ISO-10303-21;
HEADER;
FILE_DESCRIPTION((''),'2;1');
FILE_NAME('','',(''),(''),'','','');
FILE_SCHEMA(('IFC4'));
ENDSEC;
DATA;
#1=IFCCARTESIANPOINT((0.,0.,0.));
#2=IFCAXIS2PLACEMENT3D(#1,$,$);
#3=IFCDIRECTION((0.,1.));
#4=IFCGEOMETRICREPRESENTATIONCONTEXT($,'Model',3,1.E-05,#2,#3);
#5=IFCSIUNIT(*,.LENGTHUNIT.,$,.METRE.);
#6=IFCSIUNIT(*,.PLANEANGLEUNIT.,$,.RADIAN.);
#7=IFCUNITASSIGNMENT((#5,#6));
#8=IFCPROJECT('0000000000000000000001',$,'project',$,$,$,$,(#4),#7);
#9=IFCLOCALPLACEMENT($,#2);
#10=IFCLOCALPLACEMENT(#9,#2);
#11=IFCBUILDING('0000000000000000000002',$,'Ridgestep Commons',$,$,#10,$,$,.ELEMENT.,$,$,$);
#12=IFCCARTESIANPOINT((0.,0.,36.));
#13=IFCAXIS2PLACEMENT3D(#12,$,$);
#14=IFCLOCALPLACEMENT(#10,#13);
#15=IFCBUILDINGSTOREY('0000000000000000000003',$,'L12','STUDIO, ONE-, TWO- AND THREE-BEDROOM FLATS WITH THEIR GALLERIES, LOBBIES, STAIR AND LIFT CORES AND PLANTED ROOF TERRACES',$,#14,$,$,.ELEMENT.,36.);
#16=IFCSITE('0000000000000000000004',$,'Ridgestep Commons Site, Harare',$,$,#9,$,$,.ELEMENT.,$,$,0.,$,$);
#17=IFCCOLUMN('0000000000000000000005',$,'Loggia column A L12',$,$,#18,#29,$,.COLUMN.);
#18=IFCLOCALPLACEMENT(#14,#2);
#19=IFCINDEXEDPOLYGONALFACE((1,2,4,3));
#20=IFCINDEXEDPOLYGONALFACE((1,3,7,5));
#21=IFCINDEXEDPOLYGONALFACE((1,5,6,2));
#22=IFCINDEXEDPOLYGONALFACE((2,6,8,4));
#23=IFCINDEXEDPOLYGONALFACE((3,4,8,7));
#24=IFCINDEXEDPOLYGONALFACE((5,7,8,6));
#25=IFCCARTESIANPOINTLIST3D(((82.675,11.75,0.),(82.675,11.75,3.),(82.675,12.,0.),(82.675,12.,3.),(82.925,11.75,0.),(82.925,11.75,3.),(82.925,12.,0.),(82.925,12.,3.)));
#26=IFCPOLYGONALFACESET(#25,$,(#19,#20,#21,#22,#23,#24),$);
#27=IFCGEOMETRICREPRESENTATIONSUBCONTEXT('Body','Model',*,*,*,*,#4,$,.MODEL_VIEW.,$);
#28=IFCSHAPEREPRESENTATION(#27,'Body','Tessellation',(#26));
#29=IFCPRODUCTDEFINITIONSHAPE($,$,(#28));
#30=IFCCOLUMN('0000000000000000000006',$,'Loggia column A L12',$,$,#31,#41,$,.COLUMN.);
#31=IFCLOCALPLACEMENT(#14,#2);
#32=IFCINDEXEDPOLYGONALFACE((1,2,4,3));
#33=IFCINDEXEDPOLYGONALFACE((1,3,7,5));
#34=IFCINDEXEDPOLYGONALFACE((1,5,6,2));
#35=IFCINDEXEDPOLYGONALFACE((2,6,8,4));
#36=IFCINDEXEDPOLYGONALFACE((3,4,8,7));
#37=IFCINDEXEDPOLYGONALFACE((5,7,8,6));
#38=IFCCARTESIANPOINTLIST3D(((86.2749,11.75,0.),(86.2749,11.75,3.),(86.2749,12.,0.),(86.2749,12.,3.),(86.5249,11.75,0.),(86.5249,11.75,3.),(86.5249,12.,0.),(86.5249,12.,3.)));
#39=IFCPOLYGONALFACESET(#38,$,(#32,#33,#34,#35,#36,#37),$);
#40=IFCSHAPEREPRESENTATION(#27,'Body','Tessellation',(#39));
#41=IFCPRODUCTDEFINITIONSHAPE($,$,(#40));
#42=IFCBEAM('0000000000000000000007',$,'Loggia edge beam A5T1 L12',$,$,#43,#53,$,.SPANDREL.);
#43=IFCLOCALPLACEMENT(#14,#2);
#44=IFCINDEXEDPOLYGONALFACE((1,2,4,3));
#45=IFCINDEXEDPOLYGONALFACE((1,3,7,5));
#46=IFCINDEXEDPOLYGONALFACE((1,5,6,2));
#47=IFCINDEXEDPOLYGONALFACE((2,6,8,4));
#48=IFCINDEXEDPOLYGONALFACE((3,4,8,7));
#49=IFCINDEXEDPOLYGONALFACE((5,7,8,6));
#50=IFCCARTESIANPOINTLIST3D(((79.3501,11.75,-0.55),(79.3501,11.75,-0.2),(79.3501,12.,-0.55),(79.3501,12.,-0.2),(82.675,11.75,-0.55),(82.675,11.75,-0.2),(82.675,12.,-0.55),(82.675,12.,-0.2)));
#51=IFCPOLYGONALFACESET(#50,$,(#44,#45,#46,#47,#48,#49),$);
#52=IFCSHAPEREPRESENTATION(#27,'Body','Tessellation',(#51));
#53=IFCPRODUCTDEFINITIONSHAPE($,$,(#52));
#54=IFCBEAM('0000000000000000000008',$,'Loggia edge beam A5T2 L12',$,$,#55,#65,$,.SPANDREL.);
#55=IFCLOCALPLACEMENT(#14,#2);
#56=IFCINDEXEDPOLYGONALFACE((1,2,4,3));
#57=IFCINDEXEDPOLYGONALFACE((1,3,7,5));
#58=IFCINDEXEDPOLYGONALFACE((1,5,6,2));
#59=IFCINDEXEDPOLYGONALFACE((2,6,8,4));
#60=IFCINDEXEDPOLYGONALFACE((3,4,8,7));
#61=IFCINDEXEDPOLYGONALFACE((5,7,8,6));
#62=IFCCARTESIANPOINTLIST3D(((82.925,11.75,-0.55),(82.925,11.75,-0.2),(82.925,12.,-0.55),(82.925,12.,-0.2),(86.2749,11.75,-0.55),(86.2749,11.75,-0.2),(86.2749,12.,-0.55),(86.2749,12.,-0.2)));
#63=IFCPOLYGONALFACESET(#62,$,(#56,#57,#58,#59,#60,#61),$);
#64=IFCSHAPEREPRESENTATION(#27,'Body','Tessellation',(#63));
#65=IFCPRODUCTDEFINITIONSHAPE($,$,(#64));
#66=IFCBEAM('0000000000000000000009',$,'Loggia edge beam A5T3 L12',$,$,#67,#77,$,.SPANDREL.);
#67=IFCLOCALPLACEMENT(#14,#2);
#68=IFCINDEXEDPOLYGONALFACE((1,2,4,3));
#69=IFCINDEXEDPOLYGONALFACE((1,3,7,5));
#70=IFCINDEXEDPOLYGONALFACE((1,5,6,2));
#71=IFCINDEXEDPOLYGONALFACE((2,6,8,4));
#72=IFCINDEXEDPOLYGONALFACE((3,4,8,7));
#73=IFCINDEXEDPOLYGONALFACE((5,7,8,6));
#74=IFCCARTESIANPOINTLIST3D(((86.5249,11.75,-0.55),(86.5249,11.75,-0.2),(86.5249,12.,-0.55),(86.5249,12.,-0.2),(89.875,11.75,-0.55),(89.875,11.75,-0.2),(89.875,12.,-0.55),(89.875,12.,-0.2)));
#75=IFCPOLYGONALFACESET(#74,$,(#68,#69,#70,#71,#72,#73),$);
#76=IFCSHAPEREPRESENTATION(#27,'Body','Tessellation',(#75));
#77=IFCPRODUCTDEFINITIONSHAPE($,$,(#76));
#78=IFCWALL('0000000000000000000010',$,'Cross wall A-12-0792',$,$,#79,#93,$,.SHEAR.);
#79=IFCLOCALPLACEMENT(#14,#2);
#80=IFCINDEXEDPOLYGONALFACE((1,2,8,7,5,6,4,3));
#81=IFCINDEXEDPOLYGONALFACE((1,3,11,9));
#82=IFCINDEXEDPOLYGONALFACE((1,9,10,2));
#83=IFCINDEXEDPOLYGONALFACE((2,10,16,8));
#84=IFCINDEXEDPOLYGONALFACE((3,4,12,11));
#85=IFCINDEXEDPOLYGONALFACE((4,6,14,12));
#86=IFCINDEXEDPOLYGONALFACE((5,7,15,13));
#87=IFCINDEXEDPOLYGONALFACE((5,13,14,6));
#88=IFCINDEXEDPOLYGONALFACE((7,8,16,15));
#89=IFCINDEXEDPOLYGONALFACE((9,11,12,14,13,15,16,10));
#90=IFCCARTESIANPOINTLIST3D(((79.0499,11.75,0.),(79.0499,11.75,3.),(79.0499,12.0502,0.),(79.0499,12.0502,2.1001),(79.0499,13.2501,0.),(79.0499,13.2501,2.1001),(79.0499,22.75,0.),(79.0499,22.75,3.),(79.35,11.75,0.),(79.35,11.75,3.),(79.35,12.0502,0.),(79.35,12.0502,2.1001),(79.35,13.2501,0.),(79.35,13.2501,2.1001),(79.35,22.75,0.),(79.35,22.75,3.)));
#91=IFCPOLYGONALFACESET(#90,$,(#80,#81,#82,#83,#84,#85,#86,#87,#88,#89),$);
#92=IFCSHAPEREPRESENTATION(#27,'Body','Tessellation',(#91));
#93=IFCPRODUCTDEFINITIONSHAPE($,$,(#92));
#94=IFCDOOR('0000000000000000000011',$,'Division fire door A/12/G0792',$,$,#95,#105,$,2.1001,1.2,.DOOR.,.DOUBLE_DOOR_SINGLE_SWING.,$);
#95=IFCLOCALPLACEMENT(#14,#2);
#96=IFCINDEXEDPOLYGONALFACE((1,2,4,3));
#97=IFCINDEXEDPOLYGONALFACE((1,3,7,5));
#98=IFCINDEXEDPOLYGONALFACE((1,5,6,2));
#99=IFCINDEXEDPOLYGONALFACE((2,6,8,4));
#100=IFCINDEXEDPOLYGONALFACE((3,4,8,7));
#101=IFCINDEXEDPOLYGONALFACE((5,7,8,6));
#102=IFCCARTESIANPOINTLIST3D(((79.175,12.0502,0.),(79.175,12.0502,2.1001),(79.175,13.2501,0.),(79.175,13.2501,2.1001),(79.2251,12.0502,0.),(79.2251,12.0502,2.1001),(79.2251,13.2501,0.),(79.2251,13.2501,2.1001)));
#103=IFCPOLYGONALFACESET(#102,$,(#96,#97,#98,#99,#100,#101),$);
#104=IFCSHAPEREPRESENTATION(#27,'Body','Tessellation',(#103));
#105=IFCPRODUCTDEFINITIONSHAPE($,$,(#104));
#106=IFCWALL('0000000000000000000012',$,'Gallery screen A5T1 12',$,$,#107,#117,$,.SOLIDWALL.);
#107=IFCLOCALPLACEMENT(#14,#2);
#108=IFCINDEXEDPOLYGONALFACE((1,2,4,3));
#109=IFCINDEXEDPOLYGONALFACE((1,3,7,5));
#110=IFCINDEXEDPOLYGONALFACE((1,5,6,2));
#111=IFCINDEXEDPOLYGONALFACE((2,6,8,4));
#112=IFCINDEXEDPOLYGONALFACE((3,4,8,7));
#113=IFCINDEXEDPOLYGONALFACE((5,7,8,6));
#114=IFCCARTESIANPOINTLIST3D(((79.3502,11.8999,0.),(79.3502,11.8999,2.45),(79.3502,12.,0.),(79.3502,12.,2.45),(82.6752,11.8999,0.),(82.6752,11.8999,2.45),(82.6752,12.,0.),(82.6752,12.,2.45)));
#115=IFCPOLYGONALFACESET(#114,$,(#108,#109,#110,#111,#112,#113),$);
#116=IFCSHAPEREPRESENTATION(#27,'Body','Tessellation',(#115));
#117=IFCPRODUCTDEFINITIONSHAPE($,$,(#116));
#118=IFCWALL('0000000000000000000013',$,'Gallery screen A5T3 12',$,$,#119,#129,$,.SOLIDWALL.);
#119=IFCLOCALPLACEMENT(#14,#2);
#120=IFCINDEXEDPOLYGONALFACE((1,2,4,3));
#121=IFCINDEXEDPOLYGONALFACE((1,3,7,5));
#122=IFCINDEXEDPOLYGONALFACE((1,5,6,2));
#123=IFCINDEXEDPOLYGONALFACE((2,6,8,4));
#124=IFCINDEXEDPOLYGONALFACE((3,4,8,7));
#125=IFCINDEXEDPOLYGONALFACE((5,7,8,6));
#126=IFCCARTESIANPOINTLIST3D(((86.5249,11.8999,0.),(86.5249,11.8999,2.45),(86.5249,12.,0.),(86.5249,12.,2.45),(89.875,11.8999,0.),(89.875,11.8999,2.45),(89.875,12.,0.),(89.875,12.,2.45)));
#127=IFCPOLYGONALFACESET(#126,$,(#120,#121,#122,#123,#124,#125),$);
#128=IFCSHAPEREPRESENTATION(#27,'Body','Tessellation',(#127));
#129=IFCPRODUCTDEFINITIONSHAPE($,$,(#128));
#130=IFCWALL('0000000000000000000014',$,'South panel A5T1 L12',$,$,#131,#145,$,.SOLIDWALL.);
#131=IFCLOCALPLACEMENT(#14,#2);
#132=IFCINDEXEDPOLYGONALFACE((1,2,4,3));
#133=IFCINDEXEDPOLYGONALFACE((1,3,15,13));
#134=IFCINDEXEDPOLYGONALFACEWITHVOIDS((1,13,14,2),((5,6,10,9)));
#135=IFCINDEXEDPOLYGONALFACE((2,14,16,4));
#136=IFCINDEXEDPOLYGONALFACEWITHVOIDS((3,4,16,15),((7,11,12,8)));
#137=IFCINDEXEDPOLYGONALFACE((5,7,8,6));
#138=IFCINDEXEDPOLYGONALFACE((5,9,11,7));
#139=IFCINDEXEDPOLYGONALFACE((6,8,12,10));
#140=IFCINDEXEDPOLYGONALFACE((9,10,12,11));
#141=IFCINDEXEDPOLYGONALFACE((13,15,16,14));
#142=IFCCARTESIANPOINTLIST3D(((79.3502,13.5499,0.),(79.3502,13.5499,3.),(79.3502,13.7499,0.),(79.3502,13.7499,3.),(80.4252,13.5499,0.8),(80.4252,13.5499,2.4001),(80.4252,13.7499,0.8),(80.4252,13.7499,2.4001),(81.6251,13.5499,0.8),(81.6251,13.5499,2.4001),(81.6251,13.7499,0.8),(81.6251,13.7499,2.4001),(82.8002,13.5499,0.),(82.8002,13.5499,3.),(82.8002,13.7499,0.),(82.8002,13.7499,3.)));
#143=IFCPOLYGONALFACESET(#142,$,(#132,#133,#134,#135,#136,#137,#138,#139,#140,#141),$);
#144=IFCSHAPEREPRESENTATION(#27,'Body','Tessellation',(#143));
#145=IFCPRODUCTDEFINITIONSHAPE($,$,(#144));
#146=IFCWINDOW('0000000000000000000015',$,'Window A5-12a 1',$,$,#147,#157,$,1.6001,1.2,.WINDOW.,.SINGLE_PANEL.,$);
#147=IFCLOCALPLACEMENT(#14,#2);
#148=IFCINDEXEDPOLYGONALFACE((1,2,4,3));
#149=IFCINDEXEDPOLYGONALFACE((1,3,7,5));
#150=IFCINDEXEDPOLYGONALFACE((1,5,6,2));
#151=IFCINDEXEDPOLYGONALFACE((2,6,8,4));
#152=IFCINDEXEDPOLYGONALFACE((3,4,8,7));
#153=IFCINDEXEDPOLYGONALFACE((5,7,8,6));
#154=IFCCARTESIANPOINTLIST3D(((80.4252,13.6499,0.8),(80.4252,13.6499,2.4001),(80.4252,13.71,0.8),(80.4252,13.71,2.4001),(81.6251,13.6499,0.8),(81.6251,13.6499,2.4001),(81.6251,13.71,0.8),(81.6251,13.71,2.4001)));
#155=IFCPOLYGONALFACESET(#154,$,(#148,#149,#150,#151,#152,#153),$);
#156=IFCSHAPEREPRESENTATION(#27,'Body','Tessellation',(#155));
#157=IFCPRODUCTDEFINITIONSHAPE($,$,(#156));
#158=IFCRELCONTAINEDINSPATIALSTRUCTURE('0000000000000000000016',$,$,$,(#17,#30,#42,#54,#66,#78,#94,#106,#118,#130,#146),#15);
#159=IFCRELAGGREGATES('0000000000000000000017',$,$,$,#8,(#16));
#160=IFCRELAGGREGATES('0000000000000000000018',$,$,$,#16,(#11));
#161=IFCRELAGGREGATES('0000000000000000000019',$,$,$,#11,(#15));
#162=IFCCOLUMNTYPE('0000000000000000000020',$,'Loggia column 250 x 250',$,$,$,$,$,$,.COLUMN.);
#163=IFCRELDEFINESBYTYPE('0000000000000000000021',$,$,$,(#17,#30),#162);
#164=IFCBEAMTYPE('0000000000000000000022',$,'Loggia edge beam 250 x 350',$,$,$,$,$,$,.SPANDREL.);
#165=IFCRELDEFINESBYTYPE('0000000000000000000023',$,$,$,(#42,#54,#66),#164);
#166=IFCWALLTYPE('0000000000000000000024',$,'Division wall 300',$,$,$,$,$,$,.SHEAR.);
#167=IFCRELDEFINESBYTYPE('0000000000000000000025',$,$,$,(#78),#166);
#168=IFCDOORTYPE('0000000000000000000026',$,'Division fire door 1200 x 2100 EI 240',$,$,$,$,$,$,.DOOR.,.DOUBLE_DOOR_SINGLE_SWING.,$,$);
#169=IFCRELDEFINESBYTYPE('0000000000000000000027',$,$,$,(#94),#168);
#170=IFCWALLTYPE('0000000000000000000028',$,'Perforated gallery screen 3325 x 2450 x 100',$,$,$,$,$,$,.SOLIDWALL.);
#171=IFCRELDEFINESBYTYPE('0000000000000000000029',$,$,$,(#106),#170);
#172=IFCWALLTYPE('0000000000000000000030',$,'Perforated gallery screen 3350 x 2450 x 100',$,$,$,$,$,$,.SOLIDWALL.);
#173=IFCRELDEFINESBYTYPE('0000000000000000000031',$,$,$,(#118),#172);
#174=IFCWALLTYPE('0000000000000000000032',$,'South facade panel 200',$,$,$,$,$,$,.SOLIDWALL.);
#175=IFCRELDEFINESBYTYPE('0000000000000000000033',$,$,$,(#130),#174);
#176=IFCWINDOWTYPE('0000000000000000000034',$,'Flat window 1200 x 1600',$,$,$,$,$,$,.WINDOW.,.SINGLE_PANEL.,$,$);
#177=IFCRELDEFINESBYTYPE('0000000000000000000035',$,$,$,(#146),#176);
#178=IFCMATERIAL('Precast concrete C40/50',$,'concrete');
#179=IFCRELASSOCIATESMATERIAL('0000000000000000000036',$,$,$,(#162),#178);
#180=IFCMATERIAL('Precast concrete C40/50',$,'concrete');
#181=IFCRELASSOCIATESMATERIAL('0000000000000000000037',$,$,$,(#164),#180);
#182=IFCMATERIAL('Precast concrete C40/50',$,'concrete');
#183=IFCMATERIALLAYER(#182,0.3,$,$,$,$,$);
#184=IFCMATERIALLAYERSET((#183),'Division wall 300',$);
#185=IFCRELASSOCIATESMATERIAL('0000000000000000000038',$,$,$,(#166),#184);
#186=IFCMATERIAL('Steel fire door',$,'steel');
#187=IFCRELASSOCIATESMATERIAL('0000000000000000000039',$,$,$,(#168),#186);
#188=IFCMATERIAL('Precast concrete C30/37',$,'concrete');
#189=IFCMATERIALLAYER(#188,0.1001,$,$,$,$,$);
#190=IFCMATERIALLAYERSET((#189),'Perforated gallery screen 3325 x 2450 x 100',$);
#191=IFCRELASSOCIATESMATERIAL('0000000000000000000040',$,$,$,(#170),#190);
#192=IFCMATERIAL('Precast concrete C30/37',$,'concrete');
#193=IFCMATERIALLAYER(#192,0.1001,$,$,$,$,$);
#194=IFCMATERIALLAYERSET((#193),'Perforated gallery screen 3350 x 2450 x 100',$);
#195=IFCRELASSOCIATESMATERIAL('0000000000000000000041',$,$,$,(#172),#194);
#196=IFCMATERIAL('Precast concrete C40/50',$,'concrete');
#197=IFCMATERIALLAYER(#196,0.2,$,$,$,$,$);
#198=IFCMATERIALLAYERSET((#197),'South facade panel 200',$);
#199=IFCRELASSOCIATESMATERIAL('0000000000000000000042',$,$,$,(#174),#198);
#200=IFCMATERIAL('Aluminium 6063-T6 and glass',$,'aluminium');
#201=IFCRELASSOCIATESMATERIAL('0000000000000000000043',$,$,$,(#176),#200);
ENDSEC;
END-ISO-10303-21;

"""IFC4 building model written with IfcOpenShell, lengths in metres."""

from ifc_helpers import new_model, si_unit, direction, frame, frame_2d, origin, origin_2d, place, context, subcontext, project, spatial, rectangle, extrude, material, layer, layer_set, material_profile, profile_set, type_object, element, fill, save


model = new_model("IFC4")

# Units and contexts
model_context = context("Model", 3, precision=1e-05, world=origin(), true_north=direction((0.0, 1.0)))
body_context = subcontext(model_context, "Body", "Model", "MODEL_VIEW")
ifc_project = project(units=[si_unit("LENGTHUNIT", "METRE"), si_unit("PLANEANGLEUNIT", "RADIAN")], contexts=[model_context])

# Site, building, storey
site_placement = place(None, origin())
site = spatial("IfcSite", under=ifc_project, at=site_placement, Name="Ridgestep Commons Site, Harare", CompositionType="ELEMENT", RefElevation=0.0)
building_placement = place(site_placement, origin())
building = spatial("IfcBuilding", under=site, at=building_placement, Name="Ridgestep Commons", CompositionType="ELEMENT")
storey_placement = place(building_placement, frame((0.0, 0.0, 36.0)))
storey = spatial("IfcBuildingStorey", under=building, at=storey_placement, Name="L12", Description="STUDIO, ONE-, TWO- AND THREE-BEDROOM FLATS WITH THEIR GALLERIES, LOBBIES, STAIR AND LIFT CORES AND PLANTED ROOF TERRACES", CompositionType="ELEMENT", Elevation=36.0)

# Columns
ifc_material_1 = material(Name="Precast concrete C40/50", Category="concrete")
ifc_material_profile_1 = material_profile(ifc_material_1, rectangle(XDim=0.25, YDim=0.25, at=origin_2d()), Name="PC 250x250")
ifc_profile_set_1 = profile_set([ifc_material_profile_1], Name="Precast concrete C40/50")
column_type = type_object("IfcColumnType", Name="Loggia column 250 x 250", PredefinedType="COLUMN", material=ifc_profile_set_1)
for number, where, z_axis, x_axis, name in (
    (1, (82.8, 11.875, 0.0), (0.0, 0.0, 1.0), (1.0, 0.0, 0.0), "Loggia column A L12"),
    (2, (86.3999, 11.875, 0.0), (0.0, 0.0, 1.0), (1.0, 0.0, 0.0), "Loggia column A L12"),
):
    element("IfcColumn", number, at=place(storey_placement, frame(where, z_axis=z_axis, x_axis=x_axis)), inside=storey, type_object=column_type, Name=name, PredefinedType="COLUMN", context=body_context, shape_type="SweptSolid", body=[
        extrude(rectangle(XDim=0.25, YDim=0.25, at=origin_2d()), origin(), (0.0, 0.0, 1.0), 3.0),
    ])

# Beams
ifc_material_2 = material(Name="Precast concrete C40/50", Category="concrete")
ifc_material_profile_2 = material_profile(ifc_material_2, rectangle(XDim=0.25, YDim=0.3501, at=origin_2d()), Name="PC 250x350")
ifc_profile_set_2 = profile_set([ifc_material_profile_2], Name="Precast concrete C40/50")
beam_type = type_object("IfcBeamType", Name="Loggia edge beam 250 x 350", PredefinedType="SPANDREL", material=ifc_profile_set_2)
beam_1_placement = place(storey_placement, frame((79.3501, 11.875, -0.375), z_axis=(1.0, 0.0, 0.0), x_axis=(0.0, 1.0, 0.0)))
element("IfcBeam", 3, at=beam_1_placement, inside=storey, type_object=beam_type, Name="Loggia edge beam A5T1 L12", PredefinedType="SPANDREL", context=body_context, shape_type="SweptSolid", body=[
    extrude(rectangle(XDim=0.25, YDim=0.3501, at=origin_2d()), origin(), (0.0, 0.0, 1.0), 3.325),
])
beam_2_placement = place(storey_placement, frame((82.925, 11.875, -0.375), z_axis=(1.0, 0.0, 0.0), x_axis=(0.0, 1.0, 0.0)))
element("IfcBeam", 4, at=beam_2_placement, inside=storey, type_object=beam_type, Name="Loggia edge beam A5T2 L12", PredefinedType="SPANDREL", context=body_context, shape_type="SweptSolid", body=[
    extrude(rectangle(XDim=0.25, YDim=0.3501, at=origin_2d()), origin(), (0.0, 0.0, 1.0), 3.3499),
])
beam_3_placement = place(storey_placement, frame((86.5249, 11.875, -0.375), z_axis=(1.0, 0.0, 0.0), x_axis=(0.0, 1.0, 0.0)))
element("IfcBeam", 5, at=beam_3_placement, inside=storey, type_object=beam_type, Name="Loggia edge beam A5T3 L12", PredefinedType="SPANDREL", context=body_context, shape_type="SweptSolid", body=[
    extrude(rectangle(XDim=0.25, YDim=0.3501, at=origin_2d()), origin(), (0.0, 0.0, 1.0), 3.3501),
])

# Wall, opening, door
ifc_material_3 = material(Name="Precast concrete C40/50", Category="concrete")
ifc_layer_1 = layer(ifc_material_3, 0.3)
ifc_layer_set_1 = layer_set([ifc_layer_1], Name="Division wall 300")
wall_type_1 = type_object("IfcWallType", Name="Division wall 300", PredefinedType="SHEAR", material=ifc_layer_set_1)
wall_1_placement = place(storey_placement, frame((79.2, 11.75, 0.0), z_axis=(0.0, 0.0, 1.0), x_axis=(0.0, 1.0, 0.0)))
wall_1 = element("IfcWall", 6, at=wall_1_placement, inside=storey, type_object=wall_type_1, Name="Cross wall A-12-0792", PredefinedType="SHEAR", context=body_context, shape_type="SweptSolid", body=[
    extrude(rectangle(XDim=11.0, YDim=0.3, at=frame_2d((5.5, 0.0))), origin(), (0.0, 0.0, 1.0), 3.0),
])
opening_1_placement = place(wall_1_placement, frame((0.3, 0.0, 0.0)))
opening_1 = element("IfcOpeningElement", 7, at=opening_1_placement, cuts=wall_1, PredefinedType="OPENING", context=body_context, shape_type="SweptSolid", body=[
    extrude(rectangle(XDim=1.2, YDim=2.1001, at=frame_2d((0.6001, 1.05))), frame((0.0, 0.1599, 0.0), z_axis=(0.0, -1.0, 0.0), x_axis=(1.0, 0.0, 0.0)), (0.0, 0.0, 1.0), 0.3201),
])
ifc_material_4 = material(Name="Steel fire door", Category="steel")
door_type_1 = type_object("IfcDoorType", Name="Division fire door 1200 x 2100 EI 240", OperationType="DOUBLE_DOOR_SINGLE_SWING", PredefinedType="DOOR", material=ifc_material_4)
door_1_placement = place(opening_1_placement, origin())
door_1 = element("IfcDoor", 8, at=door_1_placement, inside=storey, type_object=door_type_1, Name="Division fire door A/12/G0792", OperationType="DOUBLE_DOOR_SINGLE_SWING", OverallHeight=2.1001, OverallWidth=1.2, PredefinedType="DOOR", context=body_context, shape_type="SweptSolid", body=[
    extrude(rectangle(XDim=1.2, YDim=2.1001, at=frame_2d((0.6001, 1.05))), frame((0.0, 0.0249, 0.0), z_axis=(0.0, -1.0, 0.0), x_axis=(1.0, 0.0, 0.0)), (0.0, 0.0, 1.0), 0.05),
])
fill(opening_1, door_1)

# Walls
ifc_material_5 = material(Name="Precast concrete C30/37", Category="concrete")
ifc_layer_2 = layer(ifc_material_5, 0.1001)
ifc_layer_set_2 = layer_set([ifc_layer_2], Name="Perforated gallery screen 3325 x 2450 x 100")
wall_type_2 = type_object("IfcWallType", Name="Perforated gallery screen 3325 x 2450 x 100", PredefinedType="SOLIDWALL", material=ifc_layer_set_2)
wall_2_placement = place(storey_placement, frame((79.3501, 11.95, 0.0), z_axis=(0.0, 0.0, 1.0), x_axis=(1.0, 0.0, 0.0)))
element("IfcWall", 9, at=wall_2_placement, inside=storey, type_object=wall_type_2, Name="Gallery screen A5T1 12", PredefinedType="SOLIDWALL", context=body_context, shape_type="SweptSolid", body=[
    extrude(rectangle(XDim=3.325, YDim=0.1001, at=frame_2d((1.6626, 0.0))), origin(), (0.0, 0.0, 1.0), 2.45),
])
ifc_material_6 = material(Name="Precast concrete C30/37", Category="concrete")
ifc_layer_3 = layer(ifc_material_6, 0.1001)
ifc_layer_set_3 = layer_set([ifc_layer_3], Name="Perforated gallery screen 3350 x 2450 x 100")
wall_type_3 = type_object("IfcWallType", Name="Perforated gallery screen 3350 x 2450 x 100", PredefinedType="SOLIDWALL", material=ifc_layer_set_3)
wall_3_placement = place(storey_placement, frame((86.5249, 11.95, 0.0), z_axis=(0.0, 0.0, 1.0), x_axis=(1.0, 0.0, 0.0)))
element("IfcWall", 10, at=wall_3_placement, inside=storey, type_object=wall_type_3, Name="Gallery screen A5T3 12", PredefinedType="SOLIDWALL", context=body_context, shape_type="SweptSolid", body=[
    extrude(rectangle(XDim=3.3501, YDim=0.1001, at=frame_2d((1.675, 0.0))), origin(), (0.0, 0.0, 1.0), 2.45),
])

# Wall, opening, window
ifc_material_7 = material(Name="Precast concrete C40/50", Category="concrete")
ifc_layer_4 = layer(ifc_material_7, 0.2)
ifc_layer_set_4 = layer_set([ifc_layer_4], Name="South facade panel 200")
wall_type_4 = type_object("IfcWallType", Name="South facade panel 200", PredefinedType="SOLIDWALL", material=ifc_layer_set_4)
wall_4_placement = place(storey_placement, frame((79.3501, 13.6499, 0.0), z_axis=(0.0, 0.0, 1.0), x_axis=(1.0, 0.0, 0.0)))
wall_4 = element("IfcWall", 11, at=wall_4_placement, inside=storey, type_object=wall_type_4, Name="South panel A5T1 L12", PredefinedType="SOLIDWALL", context=body_context, shape_type="SweptSolid", body=[
    extrude(rectangle(XDim=3.45, YDim=0.2, at=frame_2d((1.7251, 0.0))), origin(), (0.0, 0.0, 1.0), 3.0),
])
opening_2_placement = place(wall_4_placement, frame((1.075, 0.0, 0.8)))
opening_2 = element("IfcOpeningElement", 12, at=opening_2_placement, cuts=wall_4, PredefinedType="OPENING", context=body_context, shape_type="SweptSolid", body=[
    extrude(rectangle(XDim=1.2, YDim=1.6001, at=frame_2d((0.6001, 0.8))), frame((0.0, 0.1099, 0.0), z_axis=(0.0, -1.0, 0.0), x_axis=(1.0, 0.0, 0.0)), (0.0, 0.0, 1.0), 0.22),
])
ifc_material_8 = material(Name="Aluminium 6063-T6 and glass", Category="aluminium")
window_type = type_object("IfcWindowType", Name="Flat window 1200 x 1600", PartitioningType="SINGLE_PANEL", PredefinedType="WINDOW", material=ifc_material_8)
window_1_placement = place(opening_2_placement, origin())
window_1 = element("IfcWindow", 13, at=window_1_placement, inside=storey, type_object=window_type, Name="Window A5-12a 1", OverallHeight=1.6001, OverallWidth=1.2, PartitioningType="SINGLE_PANEL", PredefinedType="WINDOW", context=body_context, shape_type="SweptSolid", body=[
    extrude(rectangle(XDim=1.2, YDim=1.6001, at=frame_2d((0.6001, 0.8))), frame((0.0, 0.0601, 0.0), z_axis=(0.0, -1.0, 0.0), x_axis=(1.0, 0.0, 0.0)), (0.0, 0.0, 1.0), 0.0601),
])
fill(opening_2, window_1)

save(model, "model.ifc")
